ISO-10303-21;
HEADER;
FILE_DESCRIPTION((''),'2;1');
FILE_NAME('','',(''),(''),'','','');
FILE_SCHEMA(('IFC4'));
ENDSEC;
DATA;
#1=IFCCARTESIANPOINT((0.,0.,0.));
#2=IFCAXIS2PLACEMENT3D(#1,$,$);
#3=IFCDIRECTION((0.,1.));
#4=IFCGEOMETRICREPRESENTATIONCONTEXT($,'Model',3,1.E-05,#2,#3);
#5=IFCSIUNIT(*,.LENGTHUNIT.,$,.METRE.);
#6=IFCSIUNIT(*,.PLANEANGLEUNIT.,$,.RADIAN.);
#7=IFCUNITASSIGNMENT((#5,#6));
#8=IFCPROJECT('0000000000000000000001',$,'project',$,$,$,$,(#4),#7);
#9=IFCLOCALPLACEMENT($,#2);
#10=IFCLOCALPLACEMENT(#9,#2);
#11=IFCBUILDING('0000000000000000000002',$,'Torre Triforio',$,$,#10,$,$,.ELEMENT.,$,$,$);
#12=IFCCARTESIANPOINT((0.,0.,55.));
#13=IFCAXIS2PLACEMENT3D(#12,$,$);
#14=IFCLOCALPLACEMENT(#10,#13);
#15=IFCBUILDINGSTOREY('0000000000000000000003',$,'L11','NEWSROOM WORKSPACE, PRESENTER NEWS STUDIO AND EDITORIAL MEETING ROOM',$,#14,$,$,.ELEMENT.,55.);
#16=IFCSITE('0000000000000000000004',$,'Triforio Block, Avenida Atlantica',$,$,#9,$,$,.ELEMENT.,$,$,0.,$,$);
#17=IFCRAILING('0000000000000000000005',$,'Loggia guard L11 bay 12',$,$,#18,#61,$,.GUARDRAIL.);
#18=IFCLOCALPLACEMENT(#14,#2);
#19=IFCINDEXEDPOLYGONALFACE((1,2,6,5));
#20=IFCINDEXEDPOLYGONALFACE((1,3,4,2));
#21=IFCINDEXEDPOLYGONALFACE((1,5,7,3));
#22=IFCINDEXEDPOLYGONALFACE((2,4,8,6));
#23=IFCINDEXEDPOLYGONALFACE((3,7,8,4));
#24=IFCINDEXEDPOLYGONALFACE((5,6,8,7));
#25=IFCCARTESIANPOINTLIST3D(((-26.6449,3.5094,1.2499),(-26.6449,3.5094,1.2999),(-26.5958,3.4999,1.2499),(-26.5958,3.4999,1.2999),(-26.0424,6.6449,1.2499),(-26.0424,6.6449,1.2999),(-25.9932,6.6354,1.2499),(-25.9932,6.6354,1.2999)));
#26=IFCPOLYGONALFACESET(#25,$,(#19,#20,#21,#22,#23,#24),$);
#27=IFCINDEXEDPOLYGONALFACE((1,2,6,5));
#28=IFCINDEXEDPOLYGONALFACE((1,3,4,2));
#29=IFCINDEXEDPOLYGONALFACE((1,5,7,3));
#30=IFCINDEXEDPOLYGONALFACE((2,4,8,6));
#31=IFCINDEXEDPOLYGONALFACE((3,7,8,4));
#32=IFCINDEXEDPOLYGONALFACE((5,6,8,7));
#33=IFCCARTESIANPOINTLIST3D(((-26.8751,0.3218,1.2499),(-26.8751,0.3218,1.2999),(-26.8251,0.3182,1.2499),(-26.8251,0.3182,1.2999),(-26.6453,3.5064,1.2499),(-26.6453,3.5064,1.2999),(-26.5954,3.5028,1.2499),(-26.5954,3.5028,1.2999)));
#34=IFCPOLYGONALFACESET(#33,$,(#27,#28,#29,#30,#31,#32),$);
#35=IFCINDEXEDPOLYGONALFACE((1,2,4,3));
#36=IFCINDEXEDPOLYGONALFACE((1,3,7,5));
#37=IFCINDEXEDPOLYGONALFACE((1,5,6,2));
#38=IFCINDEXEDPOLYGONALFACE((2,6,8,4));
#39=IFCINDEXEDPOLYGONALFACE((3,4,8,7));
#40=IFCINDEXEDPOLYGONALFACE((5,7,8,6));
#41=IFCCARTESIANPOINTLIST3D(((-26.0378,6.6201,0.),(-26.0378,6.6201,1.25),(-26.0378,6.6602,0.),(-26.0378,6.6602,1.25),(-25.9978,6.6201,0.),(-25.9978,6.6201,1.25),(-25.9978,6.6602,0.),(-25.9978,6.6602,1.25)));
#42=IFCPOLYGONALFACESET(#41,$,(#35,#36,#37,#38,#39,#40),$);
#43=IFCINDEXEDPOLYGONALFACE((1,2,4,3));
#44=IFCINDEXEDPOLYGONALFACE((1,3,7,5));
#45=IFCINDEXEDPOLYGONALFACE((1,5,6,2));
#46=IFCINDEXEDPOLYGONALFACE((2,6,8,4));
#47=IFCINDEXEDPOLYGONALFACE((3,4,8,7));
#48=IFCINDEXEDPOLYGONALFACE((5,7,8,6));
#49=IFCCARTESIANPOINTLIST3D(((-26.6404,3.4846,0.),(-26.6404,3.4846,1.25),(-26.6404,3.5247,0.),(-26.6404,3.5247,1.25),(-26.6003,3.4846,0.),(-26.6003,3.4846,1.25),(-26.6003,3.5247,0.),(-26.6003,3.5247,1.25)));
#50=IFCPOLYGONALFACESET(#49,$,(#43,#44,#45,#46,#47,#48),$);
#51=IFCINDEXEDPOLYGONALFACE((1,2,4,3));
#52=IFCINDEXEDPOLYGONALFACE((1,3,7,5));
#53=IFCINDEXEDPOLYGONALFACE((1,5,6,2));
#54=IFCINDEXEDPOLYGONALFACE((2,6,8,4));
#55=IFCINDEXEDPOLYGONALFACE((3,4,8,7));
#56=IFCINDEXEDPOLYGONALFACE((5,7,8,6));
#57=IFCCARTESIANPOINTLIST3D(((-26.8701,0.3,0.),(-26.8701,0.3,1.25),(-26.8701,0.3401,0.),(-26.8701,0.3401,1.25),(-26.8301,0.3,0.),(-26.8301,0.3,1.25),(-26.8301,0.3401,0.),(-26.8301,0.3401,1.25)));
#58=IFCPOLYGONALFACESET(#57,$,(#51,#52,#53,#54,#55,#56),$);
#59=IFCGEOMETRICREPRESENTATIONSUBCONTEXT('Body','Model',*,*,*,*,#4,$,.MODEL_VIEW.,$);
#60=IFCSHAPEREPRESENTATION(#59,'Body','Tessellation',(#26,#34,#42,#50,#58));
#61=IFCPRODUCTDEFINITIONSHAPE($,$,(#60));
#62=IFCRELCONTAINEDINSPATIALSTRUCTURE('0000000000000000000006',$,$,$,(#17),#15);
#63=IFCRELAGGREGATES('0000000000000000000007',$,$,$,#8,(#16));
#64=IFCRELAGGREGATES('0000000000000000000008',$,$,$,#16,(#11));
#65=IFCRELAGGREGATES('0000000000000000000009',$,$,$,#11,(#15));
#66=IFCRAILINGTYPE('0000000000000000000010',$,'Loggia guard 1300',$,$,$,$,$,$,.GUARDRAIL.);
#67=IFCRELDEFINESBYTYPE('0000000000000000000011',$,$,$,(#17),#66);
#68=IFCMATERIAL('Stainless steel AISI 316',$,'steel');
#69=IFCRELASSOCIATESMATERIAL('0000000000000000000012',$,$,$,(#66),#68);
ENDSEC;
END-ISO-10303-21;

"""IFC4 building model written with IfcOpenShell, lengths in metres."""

from ifc_helpers import new_model, si_unit, direction, frame, origin, origin_2d, place, context, subcontext, project, spatial, rectangle, extrude, material, type_object, element, save


model = new_model("IFC4")

# Units and contexts
model_context = context("Model", 3, precision=1e-05, world=origin(), true_north=direction((0.0, 1.0)))
body_context = subcontext(model_context, "Body", "Model", "MODEL_VIEW")
ifc_project = project(units=[si_unit("LENGTHUNIT", "METRE"), si_unit("PLANEANGLEUNIT", "RADIAN")], contexts=[model_context])

# Site, building, storey
site_placement = place(None, origin())
site = spatial("IfcSite", under=ifc_project, at=site_placement, Name="Triforio Block, Avenida Atlantica", CompositionType="ELEMENT", RefElevation=0.0)
building_placement = place(site_placement, origin())
building = spatial("IfcBuilding", under=site, at=building_placement, Name="Torre Triforio", CompositionType="ELEMENT")
storey_placement = place(building_placement, frame((0.0, 0.0, 55.0)))
storey = spatial("IfcBuildingStorey", under=building, at=storey_placement, Name="L11", Description="NEWSROOM WORKSPACE, PRESENTER NEWS STUDIO AND EDITORIAL MEETING ROOM", CompositionType="ELEMENT", Elevation=55.0)

# Railing
ifc_material_1 = material(Name="Stainless steel AISI 316", Category="steel")
railing_type = type_object("IfcRailingType", Name="Loggia guard 1300", PredefinedType="GUARDRAIL", material=ifc_material_1)
railing_placement = place(storey_placement, frame((-26.0178, 6.6401, 0.0)))
element("IfcRailing", 1, at=railing_placement, inside=storey, type_object=railing_type, Name="Loggia guard L11 bay 12", PredefinedType="GUARDRAIL", context=body_context, shape_type="SweptSolid", body=[
    extrude(rectangle(XDim=0.05, YDim=0.05, at=origin_2d()), frame((0.0, 0.0, 1.2749), z_axis=(-0.188714, -0.982032, 0.0), x_axis=(0.982032, -0.188714, 0.0)), (0.0, 0.0, 1.0), 3.1929),
    extrude(rectangle(XDim=0.05, YDim=0.05, at=origin_2d()), frame((-0.6025, -3.1355, 1.2749), z_axis=(-0.071953, -0.997408, 0.0), x_axis=(0.997408, -0.071953, 0.0)), (0.0, 0.0, 1.0), 3.1929),
    extrude(rectangle(XDim=0.04, YDim=0.04, at=origin_2d()), origin(), (0.0, 0.0, 1.0), 1.25),
    extrude(rectangle(XDim=0.04, YDim=0.04, at=origin_2d()), frame((-0.6025, -3.1355, 0.0)), (0.0, 0.0, 1.0), 1.25),
    extrude(rectangle(XDim=0.04, YDim=0.04, at=origin_2d()), frame((-0.8323, -6.3201, 0.0)), (0.0, 0.0, 1.0), 1.25),
])

save(model, "model.ifc")
